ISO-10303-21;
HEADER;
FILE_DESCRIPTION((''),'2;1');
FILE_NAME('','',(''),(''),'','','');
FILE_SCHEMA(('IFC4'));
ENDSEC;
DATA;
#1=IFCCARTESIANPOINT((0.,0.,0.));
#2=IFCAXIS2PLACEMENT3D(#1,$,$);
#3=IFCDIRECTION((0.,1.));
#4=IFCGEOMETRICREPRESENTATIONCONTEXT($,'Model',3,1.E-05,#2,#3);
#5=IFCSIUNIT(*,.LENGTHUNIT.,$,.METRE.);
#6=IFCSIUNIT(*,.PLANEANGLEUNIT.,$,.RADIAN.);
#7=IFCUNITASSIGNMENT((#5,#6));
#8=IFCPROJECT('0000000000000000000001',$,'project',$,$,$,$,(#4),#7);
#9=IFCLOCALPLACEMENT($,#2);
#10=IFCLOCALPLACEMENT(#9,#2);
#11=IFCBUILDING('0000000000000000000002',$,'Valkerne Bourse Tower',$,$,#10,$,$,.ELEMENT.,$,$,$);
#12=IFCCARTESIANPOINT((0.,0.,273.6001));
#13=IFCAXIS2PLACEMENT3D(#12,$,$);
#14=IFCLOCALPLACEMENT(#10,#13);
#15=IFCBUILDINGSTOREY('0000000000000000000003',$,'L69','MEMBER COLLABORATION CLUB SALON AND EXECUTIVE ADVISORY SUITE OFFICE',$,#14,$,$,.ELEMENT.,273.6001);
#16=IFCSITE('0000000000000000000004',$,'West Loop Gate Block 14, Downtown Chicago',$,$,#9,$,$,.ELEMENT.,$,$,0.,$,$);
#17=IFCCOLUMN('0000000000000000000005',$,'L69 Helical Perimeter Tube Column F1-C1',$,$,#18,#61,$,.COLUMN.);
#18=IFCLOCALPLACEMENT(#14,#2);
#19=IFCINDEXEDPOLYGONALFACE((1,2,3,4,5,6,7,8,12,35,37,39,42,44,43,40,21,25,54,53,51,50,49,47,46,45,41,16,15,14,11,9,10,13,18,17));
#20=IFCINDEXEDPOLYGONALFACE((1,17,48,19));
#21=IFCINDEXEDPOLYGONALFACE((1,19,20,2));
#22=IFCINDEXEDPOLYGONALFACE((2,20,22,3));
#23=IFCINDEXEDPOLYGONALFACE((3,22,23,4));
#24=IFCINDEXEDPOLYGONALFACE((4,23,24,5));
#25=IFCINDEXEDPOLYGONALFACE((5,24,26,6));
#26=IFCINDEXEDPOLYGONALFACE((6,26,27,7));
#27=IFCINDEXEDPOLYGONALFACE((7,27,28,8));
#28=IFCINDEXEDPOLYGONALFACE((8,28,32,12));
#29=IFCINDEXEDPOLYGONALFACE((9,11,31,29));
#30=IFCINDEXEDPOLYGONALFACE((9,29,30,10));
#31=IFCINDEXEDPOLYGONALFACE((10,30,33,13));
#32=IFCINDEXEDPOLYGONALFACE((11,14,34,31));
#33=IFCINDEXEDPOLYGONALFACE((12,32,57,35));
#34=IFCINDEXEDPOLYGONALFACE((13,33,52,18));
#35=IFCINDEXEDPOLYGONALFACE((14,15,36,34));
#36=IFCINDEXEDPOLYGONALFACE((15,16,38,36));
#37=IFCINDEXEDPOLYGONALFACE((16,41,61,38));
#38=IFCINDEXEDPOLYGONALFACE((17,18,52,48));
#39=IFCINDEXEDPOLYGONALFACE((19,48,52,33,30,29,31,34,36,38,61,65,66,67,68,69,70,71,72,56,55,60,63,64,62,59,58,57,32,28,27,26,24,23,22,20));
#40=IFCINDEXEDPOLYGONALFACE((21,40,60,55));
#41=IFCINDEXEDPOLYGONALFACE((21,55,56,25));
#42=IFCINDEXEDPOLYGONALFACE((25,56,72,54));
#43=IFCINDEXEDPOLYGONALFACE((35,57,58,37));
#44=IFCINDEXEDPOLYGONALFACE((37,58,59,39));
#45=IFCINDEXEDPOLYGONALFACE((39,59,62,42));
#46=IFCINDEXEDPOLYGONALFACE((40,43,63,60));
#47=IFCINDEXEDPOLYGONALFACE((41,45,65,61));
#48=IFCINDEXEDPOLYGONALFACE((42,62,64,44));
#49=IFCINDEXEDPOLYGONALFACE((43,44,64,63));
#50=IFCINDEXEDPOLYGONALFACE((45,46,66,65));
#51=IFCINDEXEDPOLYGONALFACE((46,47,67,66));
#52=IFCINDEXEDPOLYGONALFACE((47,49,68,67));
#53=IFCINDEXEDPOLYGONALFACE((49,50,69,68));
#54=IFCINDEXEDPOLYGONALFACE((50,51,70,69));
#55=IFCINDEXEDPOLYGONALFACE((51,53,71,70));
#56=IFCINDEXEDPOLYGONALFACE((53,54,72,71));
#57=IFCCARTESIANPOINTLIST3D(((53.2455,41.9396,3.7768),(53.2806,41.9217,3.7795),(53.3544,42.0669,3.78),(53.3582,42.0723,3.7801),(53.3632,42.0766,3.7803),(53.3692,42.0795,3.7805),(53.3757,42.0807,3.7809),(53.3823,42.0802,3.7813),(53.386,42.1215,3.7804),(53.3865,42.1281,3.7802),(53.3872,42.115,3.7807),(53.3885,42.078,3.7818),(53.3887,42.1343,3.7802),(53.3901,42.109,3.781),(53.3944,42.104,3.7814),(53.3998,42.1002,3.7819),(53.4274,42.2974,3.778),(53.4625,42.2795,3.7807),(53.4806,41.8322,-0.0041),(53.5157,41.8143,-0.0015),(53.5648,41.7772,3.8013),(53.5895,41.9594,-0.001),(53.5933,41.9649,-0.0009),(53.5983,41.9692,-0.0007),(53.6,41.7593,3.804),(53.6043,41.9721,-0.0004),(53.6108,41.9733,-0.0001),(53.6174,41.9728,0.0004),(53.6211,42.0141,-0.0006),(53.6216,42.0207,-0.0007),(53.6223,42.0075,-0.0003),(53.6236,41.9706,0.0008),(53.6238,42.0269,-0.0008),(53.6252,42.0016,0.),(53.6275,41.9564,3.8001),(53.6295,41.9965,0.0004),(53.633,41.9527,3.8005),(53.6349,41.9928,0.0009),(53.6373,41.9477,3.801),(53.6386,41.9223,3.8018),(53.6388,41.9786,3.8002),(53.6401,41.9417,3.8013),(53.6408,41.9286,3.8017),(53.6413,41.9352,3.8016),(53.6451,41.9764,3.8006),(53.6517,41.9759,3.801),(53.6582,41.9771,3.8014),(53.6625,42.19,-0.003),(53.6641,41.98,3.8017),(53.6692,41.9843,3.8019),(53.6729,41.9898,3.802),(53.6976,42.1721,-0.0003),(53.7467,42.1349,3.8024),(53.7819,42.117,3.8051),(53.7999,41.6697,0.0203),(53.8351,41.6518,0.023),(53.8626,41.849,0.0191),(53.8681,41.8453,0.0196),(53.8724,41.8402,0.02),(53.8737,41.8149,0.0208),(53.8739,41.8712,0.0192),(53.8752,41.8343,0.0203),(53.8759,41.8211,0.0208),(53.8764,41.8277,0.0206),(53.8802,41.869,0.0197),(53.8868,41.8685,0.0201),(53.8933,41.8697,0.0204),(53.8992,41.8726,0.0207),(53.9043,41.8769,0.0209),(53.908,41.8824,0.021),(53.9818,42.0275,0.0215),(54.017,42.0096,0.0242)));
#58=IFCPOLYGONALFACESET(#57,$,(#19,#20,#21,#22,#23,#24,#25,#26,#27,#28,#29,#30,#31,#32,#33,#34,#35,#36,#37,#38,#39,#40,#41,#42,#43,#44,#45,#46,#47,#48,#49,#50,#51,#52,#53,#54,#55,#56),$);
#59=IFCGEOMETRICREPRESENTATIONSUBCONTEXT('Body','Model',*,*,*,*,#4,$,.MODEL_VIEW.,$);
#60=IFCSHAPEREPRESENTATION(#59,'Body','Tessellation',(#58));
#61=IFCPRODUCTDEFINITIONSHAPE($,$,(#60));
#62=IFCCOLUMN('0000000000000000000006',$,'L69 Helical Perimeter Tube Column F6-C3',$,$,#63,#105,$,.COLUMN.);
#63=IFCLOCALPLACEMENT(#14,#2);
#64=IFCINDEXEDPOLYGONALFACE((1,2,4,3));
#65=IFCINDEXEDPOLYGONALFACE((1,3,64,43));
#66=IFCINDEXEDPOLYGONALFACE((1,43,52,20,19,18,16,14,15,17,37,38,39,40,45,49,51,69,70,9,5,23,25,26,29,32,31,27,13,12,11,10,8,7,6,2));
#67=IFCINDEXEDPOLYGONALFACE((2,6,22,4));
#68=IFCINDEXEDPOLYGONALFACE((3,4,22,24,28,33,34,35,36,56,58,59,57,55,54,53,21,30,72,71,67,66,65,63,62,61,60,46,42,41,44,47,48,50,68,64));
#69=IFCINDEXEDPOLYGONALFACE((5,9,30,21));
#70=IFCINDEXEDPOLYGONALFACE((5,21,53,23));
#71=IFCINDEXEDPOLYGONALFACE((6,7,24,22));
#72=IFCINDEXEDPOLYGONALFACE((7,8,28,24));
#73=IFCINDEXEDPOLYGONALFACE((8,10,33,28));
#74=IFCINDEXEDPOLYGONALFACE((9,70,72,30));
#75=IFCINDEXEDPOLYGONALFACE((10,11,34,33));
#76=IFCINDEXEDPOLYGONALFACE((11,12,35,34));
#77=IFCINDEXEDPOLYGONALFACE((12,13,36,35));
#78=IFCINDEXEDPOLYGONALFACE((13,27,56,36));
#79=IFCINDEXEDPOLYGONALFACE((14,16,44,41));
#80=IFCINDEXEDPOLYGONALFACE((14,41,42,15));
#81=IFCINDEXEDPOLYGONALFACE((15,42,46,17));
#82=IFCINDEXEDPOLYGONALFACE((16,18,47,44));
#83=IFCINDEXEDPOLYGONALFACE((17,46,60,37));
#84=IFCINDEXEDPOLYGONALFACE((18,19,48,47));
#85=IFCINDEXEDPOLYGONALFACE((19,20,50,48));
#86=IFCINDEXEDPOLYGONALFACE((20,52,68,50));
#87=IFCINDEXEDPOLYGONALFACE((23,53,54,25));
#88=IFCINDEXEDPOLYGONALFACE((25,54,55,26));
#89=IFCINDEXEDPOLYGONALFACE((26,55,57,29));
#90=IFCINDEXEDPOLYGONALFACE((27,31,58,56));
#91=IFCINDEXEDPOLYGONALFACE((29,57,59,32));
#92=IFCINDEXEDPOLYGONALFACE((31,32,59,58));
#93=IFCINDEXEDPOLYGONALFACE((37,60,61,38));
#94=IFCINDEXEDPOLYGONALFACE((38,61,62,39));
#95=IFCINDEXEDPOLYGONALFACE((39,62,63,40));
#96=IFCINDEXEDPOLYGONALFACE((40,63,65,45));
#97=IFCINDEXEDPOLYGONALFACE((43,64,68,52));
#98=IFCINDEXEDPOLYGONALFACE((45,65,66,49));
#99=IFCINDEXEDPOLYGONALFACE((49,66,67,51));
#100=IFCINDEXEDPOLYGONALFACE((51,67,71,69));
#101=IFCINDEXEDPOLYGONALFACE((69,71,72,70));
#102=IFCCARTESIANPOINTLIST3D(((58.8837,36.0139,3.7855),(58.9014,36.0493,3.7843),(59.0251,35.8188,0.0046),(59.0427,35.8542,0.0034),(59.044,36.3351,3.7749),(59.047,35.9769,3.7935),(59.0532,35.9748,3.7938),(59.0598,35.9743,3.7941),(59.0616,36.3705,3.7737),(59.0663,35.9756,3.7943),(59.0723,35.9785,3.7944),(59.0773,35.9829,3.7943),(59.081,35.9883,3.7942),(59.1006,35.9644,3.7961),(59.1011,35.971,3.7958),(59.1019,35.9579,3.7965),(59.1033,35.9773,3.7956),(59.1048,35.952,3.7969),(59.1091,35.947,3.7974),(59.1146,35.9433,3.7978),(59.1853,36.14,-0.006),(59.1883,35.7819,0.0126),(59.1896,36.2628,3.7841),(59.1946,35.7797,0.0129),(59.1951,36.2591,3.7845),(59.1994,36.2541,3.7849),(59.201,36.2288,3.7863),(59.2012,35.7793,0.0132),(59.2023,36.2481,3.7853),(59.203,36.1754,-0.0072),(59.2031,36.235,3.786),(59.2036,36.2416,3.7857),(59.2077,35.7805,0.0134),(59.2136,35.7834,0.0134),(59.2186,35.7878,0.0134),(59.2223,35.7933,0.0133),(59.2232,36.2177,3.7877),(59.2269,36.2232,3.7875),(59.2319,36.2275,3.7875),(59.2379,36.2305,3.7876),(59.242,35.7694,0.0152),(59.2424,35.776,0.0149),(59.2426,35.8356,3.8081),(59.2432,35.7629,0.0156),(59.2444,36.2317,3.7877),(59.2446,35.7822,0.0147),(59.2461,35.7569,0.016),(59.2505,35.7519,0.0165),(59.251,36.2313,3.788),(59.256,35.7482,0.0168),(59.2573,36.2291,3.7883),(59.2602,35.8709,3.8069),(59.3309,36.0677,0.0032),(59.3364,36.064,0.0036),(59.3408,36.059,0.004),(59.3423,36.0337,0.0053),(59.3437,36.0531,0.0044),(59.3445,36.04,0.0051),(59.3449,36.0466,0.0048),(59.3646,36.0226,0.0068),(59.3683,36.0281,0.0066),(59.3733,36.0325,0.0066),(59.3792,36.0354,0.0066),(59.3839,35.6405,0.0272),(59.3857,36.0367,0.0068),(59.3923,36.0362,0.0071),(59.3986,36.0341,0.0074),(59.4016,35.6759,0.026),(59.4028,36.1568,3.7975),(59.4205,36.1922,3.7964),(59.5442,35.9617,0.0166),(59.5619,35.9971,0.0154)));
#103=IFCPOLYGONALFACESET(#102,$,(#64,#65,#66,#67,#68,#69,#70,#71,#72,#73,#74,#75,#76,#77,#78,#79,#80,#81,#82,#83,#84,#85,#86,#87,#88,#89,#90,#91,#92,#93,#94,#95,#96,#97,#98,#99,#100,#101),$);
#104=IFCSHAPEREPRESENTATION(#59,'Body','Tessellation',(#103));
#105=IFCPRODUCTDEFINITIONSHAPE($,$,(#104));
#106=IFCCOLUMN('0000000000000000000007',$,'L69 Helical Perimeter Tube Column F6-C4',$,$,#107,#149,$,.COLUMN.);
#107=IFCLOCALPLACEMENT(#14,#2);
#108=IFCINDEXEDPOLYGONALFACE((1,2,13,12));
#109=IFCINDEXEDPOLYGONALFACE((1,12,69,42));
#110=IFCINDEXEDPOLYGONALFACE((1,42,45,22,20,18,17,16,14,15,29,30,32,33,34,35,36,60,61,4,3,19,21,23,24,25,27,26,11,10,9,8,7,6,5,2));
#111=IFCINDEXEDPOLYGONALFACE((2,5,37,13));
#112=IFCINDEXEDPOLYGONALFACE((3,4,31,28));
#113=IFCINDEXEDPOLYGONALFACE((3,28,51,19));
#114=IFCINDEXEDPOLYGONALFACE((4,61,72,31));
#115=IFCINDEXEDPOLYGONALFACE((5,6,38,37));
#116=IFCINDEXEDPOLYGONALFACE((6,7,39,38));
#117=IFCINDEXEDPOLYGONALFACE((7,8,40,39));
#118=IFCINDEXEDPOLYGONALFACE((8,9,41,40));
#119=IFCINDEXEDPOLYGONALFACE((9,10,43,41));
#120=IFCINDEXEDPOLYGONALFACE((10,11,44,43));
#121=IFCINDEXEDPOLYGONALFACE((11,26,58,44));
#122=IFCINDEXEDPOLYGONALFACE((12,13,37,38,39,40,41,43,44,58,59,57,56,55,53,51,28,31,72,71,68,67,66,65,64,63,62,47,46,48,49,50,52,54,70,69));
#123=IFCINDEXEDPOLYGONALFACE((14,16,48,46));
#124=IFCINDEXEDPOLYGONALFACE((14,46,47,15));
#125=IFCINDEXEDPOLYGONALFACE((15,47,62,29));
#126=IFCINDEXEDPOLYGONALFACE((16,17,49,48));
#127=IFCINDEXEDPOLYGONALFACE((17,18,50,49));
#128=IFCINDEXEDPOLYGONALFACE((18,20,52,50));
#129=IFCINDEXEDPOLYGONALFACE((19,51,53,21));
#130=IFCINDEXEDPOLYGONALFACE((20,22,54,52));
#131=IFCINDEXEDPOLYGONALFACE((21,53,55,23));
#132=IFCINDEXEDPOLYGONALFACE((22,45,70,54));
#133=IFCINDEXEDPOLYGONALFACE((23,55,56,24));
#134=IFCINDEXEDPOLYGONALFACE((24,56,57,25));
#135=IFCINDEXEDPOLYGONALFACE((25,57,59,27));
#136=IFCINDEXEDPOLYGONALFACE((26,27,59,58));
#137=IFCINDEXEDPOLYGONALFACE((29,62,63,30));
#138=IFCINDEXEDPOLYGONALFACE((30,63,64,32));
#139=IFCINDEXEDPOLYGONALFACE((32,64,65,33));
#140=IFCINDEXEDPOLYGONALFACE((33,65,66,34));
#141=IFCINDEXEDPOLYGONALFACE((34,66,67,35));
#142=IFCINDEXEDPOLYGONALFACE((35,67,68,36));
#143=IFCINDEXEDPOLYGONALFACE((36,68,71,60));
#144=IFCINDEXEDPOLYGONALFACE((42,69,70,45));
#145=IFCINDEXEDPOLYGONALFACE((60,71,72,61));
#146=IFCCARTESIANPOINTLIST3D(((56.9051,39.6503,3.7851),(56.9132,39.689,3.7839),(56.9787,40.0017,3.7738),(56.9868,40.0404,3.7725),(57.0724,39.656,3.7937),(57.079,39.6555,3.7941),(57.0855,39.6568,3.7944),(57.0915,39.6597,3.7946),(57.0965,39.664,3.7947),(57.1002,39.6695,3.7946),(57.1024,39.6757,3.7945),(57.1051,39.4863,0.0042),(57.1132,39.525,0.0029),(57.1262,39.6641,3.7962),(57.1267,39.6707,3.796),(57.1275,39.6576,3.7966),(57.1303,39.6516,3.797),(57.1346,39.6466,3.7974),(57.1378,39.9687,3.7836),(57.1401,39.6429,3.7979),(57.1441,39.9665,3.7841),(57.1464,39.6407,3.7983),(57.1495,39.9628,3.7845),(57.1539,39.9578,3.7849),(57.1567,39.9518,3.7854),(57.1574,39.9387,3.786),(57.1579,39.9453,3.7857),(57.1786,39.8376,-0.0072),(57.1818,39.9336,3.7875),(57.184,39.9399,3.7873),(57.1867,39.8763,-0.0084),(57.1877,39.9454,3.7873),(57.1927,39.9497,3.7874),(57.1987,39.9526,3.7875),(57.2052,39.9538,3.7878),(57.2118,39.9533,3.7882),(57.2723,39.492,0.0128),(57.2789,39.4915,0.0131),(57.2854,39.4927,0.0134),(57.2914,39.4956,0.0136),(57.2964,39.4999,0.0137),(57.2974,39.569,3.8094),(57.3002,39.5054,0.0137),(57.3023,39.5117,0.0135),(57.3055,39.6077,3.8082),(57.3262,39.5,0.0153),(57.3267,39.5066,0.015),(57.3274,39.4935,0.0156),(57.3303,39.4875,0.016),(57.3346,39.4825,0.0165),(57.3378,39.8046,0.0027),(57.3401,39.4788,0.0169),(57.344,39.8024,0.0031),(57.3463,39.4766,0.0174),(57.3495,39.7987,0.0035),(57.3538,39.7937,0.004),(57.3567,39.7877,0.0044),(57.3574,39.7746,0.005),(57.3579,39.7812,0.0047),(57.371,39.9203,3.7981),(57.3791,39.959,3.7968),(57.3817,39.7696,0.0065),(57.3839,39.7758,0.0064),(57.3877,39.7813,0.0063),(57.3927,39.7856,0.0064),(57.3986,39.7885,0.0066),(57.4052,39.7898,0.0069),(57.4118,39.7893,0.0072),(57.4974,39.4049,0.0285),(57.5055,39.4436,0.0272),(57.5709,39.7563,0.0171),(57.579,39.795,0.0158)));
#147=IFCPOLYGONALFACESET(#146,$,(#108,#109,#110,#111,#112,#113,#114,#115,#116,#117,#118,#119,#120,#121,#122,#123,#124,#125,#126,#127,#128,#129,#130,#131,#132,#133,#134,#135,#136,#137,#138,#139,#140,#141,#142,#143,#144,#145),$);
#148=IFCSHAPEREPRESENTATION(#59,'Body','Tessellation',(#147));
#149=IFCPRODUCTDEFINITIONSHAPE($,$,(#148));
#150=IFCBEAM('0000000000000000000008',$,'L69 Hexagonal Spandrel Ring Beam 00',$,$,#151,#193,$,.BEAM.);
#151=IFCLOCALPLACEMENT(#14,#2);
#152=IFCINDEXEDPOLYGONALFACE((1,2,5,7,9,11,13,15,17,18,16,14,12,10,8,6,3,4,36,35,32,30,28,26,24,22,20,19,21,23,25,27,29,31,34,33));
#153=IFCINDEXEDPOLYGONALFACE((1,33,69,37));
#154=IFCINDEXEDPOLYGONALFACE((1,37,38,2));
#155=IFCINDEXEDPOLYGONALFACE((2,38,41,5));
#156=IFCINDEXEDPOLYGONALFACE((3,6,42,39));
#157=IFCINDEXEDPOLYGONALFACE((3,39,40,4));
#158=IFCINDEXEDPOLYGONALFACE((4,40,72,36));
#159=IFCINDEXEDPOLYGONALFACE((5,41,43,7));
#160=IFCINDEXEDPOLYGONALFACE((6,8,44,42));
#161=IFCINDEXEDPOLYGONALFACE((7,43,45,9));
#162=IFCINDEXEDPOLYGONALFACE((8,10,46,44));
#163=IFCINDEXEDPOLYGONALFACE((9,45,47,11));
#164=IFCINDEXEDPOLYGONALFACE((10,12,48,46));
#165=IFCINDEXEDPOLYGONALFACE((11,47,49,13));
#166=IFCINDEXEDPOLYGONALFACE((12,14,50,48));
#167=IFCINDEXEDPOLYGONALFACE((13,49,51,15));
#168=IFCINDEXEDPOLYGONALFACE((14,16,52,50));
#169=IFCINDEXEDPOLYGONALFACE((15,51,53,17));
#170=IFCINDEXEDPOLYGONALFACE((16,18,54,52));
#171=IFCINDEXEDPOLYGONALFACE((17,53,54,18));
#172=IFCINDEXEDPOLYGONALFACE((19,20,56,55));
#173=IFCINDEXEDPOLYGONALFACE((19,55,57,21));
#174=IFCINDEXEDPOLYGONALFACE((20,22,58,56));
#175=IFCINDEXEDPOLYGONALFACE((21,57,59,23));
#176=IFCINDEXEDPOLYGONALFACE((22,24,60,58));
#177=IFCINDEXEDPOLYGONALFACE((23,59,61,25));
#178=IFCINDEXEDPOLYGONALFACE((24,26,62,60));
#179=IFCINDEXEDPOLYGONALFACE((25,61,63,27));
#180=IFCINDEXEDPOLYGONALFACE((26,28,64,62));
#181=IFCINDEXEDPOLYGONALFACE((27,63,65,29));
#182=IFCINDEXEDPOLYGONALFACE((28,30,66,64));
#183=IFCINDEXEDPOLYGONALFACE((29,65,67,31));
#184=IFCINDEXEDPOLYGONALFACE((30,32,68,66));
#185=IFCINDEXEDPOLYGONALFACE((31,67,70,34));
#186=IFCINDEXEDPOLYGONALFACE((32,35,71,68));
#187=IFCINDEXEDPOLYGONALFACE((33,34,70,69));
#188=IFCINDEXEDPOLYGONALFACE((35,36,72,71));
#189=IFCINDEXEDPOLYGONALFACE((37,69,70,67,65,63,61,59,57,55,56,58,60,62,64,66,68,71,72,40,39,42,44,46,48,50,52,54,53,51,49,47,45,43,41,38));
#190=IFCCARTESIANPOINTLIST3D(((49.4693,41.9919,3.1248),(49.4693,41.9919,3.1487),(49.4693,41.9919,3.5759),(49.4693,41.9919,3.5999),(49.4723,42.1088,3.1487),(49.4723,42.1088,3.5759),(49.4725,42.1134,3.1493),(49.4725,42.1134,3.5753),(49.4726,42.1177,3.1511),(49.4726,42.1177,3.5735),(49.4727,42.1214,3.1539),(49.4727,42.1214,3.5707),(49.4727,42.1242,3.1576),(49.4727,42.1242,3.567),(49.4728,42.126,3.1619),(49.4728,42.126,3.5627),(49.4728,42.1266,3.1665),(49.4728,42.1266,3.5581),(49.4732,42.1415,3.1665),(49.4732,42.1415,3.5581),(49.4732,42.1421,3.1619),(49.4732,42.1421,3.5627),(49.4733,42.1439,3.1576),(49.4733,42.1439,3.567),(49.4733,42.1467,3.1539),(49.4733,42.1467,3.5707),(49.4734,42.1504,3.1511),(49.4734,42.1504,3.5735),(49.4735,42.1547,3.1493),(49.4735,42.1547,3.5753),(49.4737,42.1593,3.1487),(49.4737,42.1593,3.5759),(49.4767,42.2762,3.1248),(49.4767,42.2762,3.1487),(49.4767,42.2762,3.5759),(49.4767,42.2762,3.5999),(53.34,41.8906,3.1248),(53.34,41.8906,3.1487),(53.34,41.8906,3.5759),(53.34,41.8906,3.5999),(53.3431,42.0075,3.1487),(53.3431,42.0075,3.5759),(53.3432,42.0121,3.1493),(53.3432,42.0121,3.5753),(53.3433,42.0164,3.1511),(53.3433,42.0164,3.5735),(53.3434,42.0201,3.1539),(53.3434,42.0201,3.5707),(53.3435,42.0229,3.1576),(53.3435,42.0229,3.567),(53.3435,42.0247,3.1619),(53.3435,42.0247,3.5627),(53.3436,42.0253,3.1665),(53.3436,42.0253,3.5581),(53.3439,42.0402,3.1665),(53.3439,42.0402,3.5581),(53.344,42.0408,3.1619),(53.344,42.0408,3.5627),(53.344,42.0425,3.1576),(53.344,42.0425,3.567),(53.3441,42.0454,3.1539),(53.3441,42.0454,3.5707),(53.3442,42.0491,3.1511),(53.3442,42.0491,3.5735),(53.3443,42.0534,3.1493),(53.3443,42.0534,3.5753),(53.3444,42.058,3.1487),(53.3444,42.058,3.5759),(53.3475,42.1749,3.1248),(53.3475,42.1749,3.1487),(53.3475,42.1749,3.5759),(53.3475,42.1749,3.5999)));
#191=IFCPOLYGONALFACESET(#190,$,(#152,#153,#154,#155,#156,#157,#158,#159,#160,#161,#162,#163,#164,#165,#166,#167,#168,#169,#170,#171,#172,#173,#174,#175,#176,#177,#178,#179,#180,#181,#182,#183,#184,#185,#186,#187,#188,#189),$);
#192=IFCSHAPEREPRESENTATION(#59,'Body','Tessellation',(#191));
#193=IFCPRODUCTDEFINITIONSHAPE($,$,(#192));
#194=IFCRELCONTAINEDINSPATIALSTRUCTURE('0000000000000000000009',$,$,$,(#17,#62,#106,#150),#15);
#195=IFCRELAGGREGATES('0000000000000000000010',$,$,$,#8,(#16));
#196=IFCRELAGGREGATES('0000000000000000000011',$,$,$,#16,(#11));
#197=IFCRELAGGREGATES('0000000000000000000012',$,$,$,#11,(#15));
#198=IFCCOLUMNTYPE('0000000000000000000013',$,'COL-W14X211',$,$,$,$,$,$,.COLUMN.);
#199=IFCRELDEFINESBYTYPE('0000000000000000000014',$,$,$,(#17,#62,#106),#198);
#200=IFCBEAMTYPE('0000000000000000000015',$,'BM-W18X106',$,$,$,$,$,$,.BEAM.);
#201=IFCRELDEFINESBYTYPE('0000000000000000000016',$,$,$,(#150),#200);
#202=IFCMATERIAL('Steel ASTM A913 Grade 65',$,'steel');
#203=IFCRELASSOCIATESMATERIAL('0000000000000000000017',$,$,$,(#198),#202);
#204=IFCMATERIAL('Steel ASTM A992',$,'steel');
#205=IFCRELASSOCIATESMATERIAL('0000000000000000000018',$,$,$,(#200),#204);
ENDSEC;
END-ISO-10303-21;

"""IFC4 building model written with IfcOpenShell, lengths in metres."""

from ifc_helpers import new_model, si_unit, direction, frame, origin, origin_2d, place, context, subcontext, project, spatial, i_section, extrude, material, material_profile, profile_set, type_object, element, save


model = new_model("IFC4")

# Units and contexts
model_context = context("Model", 3, precision=1e-05, world=origin(), true_north=direction((0.0, 1.0)))
body_context = subcontext(model_context, "Body", "Model", "MODEL_VIEW")
ifc_project = project(units=[si_unit("LENGTHUNIT", "METRE"), si_unit("PLANEANGLEUNIT", "RADIAN")], contexts=[model_context])

# Site, building, storey
site_placement = place(None, origin())
site = spatial("IfcSite", under=ifc_project, at=site_placement, Name="West Loop Gate Block 14, Downtown Chicago", CompositionType="ELEMENT", RefElevation=0.0)
building_placement = place(site_placement, origin())
building = spatial("IfcBuilding", under=site, at=building_placement, Name="Valkerne Bourse Tower", CompositionType="ELEMENT")
storey_placement = place(building_placement, frame((0.0, 0.0, 273.6001)))
storey = spatial("IfcBuildingStorey", under=building, at=storey_placement, Name="L69", Description="MEMBER COLLABORATION CLUB SALON AND EXECUTIVE ADVISORY SUITE OFFICE", CompositionType="ELEMENT", Elevation=273.6001)

# Columns
ifc_material_1 = material(Name="Steel ASTM A913 Grade 65", Category="steel")
ifc_material_profile_1 = material_profile(ifc_material_1, i_section(OverallWidth=0.4014, OverallDepth=0.3987, WebThickness=0.0249, FlangeThickness=0.0396, FilletRadius=0.0254, at=origin_2d()), Name="W14X211")
ifc_profile_set_1 = profile_set([ifc_material_profile_1], Name="Steel ASTM A913 Grade 65")
column_type = type_object("IfcColumnType", Name="COL-W14X211", PredefinedType="COLUMN", material=ifc_profile_set_1)
column_1_placement = place(storey_placement, frame((53.7488, 41.9209, 0.01), z_axis=(-0.062036, 0.028345, 0.997671), x_axis=(0.453216, 0.891396, 0.002856)))
element("IfcColumn", 1, at=column_1_placement, inside=storey, type_object=column_type, Name="L69 Helical Perimeter Tube Column F1-C1", PredefinedType="COLUMN", context=body_context, shape_type="SweptSolid", body=[
    extrude(i_section(OverallWidth=0.4014, OverallDepth=0.3987, WebThickness=0.0249, FlangeThickness=0.0396, FilletRadius=0.0254, at=origin_2d()), origin(), (0.0, 0.0, 1.0), 3.7898),
])
column_2_placement = place(storey_placement, frame((59.2935, 35.908, 0.01), z_axis=(-0.037311, 0.051487, 0.997976), x_axis=(0.894109, -0.44429, 0.056349)))
element("IfcColumn", 2, at=column_2_placement, inside=storey, type_object=column_type, Name="L69 Helical Perimeter Tube Column F6-C3", PredefinedType="COLUMN", context=body_context, shape_type="SweptSolid", body=[
    extrude(i_section(OverallWidth=0.4014, OverallDepth=0.3987, WebThickness=0.0249, FlangeThickness=0.0396, FilletRadius=0.0254, at=origin_2d()), origin(), (0.0, 0.0, 1.0), 3.7886),
])
column_3_placement = place(storey_placement, frame((57.342, 39.6406, 0.01), z_axis=(-0.05276, 0.04329, 0.997668), x_axis=(0.977379, -0.202661, 0.060481)))
element("IfcColumn", 3, at=column_3_placement, inside=storey, type_object=column_type, Name="L69 Helical Perimeter Tube Column F6-C4", PredefinedType="COLUMN", context=body_context, shape_type="SweptSolid", body=[
    extrude(i_section(OverallWidth=0.4014, OverallDepth=0.3987, WebThickness=0.0249, FlangeThickness=0.0396, FilletRadius=0.0254, at=origin_2d()), origin(), (0.0, 0.0, 1.0), 3.7898),
])

# Beam
ifc_material_2 = material(Name="Steel ASTM A992", Category="steel")
ifc_material_profile_2 = material_profile(ifc_material_2, i_section(OverallWidth=0.2844, OverallDepth=0.4751, WebThickness=0.0149, FlangeThickness=0.0239, FilletRadius=0.0178, at=origin_2d()), Name="W18X106")
ifc_profile_set_2 = profile_set([ifc_material_profile_2], Name="Steel ASTM A992")
beam_type = type_object("IfcBeamType", Name="BM-W18X106", PredefinedType="BEAM", material=ifc_profile_set_2)
for number, where, z_axis, x_axis, name in (
    (4, (53.3438, 42.0327, 3.3623), (-0.999658, 0.026166, 0.0), (-0.026166, -0.999658, 0.0), "L69 Hexagonal Spandrel Ring Beam 00"),
):
    element("IfcBeam", number, at=place(storey_placement, frame(where, z_axis=z_axis, x_axis=x_axis)), inside=storey, type_object=beam_type, Name=name, PredefinedType="BEAM", context=body_context, shape_type="SweptSolid", body=[
        extrude(i_section(OverallWidth=0.2844, OverallDepth=0.4751, WebThickness=0.0149, FlangeThickness=0.0239, FilletRadius=0.0178, at=origin_2d()), origin(), (0.0, 0.0, 1.0), 3.8721),
    ])

save(model, "model.ifc")
